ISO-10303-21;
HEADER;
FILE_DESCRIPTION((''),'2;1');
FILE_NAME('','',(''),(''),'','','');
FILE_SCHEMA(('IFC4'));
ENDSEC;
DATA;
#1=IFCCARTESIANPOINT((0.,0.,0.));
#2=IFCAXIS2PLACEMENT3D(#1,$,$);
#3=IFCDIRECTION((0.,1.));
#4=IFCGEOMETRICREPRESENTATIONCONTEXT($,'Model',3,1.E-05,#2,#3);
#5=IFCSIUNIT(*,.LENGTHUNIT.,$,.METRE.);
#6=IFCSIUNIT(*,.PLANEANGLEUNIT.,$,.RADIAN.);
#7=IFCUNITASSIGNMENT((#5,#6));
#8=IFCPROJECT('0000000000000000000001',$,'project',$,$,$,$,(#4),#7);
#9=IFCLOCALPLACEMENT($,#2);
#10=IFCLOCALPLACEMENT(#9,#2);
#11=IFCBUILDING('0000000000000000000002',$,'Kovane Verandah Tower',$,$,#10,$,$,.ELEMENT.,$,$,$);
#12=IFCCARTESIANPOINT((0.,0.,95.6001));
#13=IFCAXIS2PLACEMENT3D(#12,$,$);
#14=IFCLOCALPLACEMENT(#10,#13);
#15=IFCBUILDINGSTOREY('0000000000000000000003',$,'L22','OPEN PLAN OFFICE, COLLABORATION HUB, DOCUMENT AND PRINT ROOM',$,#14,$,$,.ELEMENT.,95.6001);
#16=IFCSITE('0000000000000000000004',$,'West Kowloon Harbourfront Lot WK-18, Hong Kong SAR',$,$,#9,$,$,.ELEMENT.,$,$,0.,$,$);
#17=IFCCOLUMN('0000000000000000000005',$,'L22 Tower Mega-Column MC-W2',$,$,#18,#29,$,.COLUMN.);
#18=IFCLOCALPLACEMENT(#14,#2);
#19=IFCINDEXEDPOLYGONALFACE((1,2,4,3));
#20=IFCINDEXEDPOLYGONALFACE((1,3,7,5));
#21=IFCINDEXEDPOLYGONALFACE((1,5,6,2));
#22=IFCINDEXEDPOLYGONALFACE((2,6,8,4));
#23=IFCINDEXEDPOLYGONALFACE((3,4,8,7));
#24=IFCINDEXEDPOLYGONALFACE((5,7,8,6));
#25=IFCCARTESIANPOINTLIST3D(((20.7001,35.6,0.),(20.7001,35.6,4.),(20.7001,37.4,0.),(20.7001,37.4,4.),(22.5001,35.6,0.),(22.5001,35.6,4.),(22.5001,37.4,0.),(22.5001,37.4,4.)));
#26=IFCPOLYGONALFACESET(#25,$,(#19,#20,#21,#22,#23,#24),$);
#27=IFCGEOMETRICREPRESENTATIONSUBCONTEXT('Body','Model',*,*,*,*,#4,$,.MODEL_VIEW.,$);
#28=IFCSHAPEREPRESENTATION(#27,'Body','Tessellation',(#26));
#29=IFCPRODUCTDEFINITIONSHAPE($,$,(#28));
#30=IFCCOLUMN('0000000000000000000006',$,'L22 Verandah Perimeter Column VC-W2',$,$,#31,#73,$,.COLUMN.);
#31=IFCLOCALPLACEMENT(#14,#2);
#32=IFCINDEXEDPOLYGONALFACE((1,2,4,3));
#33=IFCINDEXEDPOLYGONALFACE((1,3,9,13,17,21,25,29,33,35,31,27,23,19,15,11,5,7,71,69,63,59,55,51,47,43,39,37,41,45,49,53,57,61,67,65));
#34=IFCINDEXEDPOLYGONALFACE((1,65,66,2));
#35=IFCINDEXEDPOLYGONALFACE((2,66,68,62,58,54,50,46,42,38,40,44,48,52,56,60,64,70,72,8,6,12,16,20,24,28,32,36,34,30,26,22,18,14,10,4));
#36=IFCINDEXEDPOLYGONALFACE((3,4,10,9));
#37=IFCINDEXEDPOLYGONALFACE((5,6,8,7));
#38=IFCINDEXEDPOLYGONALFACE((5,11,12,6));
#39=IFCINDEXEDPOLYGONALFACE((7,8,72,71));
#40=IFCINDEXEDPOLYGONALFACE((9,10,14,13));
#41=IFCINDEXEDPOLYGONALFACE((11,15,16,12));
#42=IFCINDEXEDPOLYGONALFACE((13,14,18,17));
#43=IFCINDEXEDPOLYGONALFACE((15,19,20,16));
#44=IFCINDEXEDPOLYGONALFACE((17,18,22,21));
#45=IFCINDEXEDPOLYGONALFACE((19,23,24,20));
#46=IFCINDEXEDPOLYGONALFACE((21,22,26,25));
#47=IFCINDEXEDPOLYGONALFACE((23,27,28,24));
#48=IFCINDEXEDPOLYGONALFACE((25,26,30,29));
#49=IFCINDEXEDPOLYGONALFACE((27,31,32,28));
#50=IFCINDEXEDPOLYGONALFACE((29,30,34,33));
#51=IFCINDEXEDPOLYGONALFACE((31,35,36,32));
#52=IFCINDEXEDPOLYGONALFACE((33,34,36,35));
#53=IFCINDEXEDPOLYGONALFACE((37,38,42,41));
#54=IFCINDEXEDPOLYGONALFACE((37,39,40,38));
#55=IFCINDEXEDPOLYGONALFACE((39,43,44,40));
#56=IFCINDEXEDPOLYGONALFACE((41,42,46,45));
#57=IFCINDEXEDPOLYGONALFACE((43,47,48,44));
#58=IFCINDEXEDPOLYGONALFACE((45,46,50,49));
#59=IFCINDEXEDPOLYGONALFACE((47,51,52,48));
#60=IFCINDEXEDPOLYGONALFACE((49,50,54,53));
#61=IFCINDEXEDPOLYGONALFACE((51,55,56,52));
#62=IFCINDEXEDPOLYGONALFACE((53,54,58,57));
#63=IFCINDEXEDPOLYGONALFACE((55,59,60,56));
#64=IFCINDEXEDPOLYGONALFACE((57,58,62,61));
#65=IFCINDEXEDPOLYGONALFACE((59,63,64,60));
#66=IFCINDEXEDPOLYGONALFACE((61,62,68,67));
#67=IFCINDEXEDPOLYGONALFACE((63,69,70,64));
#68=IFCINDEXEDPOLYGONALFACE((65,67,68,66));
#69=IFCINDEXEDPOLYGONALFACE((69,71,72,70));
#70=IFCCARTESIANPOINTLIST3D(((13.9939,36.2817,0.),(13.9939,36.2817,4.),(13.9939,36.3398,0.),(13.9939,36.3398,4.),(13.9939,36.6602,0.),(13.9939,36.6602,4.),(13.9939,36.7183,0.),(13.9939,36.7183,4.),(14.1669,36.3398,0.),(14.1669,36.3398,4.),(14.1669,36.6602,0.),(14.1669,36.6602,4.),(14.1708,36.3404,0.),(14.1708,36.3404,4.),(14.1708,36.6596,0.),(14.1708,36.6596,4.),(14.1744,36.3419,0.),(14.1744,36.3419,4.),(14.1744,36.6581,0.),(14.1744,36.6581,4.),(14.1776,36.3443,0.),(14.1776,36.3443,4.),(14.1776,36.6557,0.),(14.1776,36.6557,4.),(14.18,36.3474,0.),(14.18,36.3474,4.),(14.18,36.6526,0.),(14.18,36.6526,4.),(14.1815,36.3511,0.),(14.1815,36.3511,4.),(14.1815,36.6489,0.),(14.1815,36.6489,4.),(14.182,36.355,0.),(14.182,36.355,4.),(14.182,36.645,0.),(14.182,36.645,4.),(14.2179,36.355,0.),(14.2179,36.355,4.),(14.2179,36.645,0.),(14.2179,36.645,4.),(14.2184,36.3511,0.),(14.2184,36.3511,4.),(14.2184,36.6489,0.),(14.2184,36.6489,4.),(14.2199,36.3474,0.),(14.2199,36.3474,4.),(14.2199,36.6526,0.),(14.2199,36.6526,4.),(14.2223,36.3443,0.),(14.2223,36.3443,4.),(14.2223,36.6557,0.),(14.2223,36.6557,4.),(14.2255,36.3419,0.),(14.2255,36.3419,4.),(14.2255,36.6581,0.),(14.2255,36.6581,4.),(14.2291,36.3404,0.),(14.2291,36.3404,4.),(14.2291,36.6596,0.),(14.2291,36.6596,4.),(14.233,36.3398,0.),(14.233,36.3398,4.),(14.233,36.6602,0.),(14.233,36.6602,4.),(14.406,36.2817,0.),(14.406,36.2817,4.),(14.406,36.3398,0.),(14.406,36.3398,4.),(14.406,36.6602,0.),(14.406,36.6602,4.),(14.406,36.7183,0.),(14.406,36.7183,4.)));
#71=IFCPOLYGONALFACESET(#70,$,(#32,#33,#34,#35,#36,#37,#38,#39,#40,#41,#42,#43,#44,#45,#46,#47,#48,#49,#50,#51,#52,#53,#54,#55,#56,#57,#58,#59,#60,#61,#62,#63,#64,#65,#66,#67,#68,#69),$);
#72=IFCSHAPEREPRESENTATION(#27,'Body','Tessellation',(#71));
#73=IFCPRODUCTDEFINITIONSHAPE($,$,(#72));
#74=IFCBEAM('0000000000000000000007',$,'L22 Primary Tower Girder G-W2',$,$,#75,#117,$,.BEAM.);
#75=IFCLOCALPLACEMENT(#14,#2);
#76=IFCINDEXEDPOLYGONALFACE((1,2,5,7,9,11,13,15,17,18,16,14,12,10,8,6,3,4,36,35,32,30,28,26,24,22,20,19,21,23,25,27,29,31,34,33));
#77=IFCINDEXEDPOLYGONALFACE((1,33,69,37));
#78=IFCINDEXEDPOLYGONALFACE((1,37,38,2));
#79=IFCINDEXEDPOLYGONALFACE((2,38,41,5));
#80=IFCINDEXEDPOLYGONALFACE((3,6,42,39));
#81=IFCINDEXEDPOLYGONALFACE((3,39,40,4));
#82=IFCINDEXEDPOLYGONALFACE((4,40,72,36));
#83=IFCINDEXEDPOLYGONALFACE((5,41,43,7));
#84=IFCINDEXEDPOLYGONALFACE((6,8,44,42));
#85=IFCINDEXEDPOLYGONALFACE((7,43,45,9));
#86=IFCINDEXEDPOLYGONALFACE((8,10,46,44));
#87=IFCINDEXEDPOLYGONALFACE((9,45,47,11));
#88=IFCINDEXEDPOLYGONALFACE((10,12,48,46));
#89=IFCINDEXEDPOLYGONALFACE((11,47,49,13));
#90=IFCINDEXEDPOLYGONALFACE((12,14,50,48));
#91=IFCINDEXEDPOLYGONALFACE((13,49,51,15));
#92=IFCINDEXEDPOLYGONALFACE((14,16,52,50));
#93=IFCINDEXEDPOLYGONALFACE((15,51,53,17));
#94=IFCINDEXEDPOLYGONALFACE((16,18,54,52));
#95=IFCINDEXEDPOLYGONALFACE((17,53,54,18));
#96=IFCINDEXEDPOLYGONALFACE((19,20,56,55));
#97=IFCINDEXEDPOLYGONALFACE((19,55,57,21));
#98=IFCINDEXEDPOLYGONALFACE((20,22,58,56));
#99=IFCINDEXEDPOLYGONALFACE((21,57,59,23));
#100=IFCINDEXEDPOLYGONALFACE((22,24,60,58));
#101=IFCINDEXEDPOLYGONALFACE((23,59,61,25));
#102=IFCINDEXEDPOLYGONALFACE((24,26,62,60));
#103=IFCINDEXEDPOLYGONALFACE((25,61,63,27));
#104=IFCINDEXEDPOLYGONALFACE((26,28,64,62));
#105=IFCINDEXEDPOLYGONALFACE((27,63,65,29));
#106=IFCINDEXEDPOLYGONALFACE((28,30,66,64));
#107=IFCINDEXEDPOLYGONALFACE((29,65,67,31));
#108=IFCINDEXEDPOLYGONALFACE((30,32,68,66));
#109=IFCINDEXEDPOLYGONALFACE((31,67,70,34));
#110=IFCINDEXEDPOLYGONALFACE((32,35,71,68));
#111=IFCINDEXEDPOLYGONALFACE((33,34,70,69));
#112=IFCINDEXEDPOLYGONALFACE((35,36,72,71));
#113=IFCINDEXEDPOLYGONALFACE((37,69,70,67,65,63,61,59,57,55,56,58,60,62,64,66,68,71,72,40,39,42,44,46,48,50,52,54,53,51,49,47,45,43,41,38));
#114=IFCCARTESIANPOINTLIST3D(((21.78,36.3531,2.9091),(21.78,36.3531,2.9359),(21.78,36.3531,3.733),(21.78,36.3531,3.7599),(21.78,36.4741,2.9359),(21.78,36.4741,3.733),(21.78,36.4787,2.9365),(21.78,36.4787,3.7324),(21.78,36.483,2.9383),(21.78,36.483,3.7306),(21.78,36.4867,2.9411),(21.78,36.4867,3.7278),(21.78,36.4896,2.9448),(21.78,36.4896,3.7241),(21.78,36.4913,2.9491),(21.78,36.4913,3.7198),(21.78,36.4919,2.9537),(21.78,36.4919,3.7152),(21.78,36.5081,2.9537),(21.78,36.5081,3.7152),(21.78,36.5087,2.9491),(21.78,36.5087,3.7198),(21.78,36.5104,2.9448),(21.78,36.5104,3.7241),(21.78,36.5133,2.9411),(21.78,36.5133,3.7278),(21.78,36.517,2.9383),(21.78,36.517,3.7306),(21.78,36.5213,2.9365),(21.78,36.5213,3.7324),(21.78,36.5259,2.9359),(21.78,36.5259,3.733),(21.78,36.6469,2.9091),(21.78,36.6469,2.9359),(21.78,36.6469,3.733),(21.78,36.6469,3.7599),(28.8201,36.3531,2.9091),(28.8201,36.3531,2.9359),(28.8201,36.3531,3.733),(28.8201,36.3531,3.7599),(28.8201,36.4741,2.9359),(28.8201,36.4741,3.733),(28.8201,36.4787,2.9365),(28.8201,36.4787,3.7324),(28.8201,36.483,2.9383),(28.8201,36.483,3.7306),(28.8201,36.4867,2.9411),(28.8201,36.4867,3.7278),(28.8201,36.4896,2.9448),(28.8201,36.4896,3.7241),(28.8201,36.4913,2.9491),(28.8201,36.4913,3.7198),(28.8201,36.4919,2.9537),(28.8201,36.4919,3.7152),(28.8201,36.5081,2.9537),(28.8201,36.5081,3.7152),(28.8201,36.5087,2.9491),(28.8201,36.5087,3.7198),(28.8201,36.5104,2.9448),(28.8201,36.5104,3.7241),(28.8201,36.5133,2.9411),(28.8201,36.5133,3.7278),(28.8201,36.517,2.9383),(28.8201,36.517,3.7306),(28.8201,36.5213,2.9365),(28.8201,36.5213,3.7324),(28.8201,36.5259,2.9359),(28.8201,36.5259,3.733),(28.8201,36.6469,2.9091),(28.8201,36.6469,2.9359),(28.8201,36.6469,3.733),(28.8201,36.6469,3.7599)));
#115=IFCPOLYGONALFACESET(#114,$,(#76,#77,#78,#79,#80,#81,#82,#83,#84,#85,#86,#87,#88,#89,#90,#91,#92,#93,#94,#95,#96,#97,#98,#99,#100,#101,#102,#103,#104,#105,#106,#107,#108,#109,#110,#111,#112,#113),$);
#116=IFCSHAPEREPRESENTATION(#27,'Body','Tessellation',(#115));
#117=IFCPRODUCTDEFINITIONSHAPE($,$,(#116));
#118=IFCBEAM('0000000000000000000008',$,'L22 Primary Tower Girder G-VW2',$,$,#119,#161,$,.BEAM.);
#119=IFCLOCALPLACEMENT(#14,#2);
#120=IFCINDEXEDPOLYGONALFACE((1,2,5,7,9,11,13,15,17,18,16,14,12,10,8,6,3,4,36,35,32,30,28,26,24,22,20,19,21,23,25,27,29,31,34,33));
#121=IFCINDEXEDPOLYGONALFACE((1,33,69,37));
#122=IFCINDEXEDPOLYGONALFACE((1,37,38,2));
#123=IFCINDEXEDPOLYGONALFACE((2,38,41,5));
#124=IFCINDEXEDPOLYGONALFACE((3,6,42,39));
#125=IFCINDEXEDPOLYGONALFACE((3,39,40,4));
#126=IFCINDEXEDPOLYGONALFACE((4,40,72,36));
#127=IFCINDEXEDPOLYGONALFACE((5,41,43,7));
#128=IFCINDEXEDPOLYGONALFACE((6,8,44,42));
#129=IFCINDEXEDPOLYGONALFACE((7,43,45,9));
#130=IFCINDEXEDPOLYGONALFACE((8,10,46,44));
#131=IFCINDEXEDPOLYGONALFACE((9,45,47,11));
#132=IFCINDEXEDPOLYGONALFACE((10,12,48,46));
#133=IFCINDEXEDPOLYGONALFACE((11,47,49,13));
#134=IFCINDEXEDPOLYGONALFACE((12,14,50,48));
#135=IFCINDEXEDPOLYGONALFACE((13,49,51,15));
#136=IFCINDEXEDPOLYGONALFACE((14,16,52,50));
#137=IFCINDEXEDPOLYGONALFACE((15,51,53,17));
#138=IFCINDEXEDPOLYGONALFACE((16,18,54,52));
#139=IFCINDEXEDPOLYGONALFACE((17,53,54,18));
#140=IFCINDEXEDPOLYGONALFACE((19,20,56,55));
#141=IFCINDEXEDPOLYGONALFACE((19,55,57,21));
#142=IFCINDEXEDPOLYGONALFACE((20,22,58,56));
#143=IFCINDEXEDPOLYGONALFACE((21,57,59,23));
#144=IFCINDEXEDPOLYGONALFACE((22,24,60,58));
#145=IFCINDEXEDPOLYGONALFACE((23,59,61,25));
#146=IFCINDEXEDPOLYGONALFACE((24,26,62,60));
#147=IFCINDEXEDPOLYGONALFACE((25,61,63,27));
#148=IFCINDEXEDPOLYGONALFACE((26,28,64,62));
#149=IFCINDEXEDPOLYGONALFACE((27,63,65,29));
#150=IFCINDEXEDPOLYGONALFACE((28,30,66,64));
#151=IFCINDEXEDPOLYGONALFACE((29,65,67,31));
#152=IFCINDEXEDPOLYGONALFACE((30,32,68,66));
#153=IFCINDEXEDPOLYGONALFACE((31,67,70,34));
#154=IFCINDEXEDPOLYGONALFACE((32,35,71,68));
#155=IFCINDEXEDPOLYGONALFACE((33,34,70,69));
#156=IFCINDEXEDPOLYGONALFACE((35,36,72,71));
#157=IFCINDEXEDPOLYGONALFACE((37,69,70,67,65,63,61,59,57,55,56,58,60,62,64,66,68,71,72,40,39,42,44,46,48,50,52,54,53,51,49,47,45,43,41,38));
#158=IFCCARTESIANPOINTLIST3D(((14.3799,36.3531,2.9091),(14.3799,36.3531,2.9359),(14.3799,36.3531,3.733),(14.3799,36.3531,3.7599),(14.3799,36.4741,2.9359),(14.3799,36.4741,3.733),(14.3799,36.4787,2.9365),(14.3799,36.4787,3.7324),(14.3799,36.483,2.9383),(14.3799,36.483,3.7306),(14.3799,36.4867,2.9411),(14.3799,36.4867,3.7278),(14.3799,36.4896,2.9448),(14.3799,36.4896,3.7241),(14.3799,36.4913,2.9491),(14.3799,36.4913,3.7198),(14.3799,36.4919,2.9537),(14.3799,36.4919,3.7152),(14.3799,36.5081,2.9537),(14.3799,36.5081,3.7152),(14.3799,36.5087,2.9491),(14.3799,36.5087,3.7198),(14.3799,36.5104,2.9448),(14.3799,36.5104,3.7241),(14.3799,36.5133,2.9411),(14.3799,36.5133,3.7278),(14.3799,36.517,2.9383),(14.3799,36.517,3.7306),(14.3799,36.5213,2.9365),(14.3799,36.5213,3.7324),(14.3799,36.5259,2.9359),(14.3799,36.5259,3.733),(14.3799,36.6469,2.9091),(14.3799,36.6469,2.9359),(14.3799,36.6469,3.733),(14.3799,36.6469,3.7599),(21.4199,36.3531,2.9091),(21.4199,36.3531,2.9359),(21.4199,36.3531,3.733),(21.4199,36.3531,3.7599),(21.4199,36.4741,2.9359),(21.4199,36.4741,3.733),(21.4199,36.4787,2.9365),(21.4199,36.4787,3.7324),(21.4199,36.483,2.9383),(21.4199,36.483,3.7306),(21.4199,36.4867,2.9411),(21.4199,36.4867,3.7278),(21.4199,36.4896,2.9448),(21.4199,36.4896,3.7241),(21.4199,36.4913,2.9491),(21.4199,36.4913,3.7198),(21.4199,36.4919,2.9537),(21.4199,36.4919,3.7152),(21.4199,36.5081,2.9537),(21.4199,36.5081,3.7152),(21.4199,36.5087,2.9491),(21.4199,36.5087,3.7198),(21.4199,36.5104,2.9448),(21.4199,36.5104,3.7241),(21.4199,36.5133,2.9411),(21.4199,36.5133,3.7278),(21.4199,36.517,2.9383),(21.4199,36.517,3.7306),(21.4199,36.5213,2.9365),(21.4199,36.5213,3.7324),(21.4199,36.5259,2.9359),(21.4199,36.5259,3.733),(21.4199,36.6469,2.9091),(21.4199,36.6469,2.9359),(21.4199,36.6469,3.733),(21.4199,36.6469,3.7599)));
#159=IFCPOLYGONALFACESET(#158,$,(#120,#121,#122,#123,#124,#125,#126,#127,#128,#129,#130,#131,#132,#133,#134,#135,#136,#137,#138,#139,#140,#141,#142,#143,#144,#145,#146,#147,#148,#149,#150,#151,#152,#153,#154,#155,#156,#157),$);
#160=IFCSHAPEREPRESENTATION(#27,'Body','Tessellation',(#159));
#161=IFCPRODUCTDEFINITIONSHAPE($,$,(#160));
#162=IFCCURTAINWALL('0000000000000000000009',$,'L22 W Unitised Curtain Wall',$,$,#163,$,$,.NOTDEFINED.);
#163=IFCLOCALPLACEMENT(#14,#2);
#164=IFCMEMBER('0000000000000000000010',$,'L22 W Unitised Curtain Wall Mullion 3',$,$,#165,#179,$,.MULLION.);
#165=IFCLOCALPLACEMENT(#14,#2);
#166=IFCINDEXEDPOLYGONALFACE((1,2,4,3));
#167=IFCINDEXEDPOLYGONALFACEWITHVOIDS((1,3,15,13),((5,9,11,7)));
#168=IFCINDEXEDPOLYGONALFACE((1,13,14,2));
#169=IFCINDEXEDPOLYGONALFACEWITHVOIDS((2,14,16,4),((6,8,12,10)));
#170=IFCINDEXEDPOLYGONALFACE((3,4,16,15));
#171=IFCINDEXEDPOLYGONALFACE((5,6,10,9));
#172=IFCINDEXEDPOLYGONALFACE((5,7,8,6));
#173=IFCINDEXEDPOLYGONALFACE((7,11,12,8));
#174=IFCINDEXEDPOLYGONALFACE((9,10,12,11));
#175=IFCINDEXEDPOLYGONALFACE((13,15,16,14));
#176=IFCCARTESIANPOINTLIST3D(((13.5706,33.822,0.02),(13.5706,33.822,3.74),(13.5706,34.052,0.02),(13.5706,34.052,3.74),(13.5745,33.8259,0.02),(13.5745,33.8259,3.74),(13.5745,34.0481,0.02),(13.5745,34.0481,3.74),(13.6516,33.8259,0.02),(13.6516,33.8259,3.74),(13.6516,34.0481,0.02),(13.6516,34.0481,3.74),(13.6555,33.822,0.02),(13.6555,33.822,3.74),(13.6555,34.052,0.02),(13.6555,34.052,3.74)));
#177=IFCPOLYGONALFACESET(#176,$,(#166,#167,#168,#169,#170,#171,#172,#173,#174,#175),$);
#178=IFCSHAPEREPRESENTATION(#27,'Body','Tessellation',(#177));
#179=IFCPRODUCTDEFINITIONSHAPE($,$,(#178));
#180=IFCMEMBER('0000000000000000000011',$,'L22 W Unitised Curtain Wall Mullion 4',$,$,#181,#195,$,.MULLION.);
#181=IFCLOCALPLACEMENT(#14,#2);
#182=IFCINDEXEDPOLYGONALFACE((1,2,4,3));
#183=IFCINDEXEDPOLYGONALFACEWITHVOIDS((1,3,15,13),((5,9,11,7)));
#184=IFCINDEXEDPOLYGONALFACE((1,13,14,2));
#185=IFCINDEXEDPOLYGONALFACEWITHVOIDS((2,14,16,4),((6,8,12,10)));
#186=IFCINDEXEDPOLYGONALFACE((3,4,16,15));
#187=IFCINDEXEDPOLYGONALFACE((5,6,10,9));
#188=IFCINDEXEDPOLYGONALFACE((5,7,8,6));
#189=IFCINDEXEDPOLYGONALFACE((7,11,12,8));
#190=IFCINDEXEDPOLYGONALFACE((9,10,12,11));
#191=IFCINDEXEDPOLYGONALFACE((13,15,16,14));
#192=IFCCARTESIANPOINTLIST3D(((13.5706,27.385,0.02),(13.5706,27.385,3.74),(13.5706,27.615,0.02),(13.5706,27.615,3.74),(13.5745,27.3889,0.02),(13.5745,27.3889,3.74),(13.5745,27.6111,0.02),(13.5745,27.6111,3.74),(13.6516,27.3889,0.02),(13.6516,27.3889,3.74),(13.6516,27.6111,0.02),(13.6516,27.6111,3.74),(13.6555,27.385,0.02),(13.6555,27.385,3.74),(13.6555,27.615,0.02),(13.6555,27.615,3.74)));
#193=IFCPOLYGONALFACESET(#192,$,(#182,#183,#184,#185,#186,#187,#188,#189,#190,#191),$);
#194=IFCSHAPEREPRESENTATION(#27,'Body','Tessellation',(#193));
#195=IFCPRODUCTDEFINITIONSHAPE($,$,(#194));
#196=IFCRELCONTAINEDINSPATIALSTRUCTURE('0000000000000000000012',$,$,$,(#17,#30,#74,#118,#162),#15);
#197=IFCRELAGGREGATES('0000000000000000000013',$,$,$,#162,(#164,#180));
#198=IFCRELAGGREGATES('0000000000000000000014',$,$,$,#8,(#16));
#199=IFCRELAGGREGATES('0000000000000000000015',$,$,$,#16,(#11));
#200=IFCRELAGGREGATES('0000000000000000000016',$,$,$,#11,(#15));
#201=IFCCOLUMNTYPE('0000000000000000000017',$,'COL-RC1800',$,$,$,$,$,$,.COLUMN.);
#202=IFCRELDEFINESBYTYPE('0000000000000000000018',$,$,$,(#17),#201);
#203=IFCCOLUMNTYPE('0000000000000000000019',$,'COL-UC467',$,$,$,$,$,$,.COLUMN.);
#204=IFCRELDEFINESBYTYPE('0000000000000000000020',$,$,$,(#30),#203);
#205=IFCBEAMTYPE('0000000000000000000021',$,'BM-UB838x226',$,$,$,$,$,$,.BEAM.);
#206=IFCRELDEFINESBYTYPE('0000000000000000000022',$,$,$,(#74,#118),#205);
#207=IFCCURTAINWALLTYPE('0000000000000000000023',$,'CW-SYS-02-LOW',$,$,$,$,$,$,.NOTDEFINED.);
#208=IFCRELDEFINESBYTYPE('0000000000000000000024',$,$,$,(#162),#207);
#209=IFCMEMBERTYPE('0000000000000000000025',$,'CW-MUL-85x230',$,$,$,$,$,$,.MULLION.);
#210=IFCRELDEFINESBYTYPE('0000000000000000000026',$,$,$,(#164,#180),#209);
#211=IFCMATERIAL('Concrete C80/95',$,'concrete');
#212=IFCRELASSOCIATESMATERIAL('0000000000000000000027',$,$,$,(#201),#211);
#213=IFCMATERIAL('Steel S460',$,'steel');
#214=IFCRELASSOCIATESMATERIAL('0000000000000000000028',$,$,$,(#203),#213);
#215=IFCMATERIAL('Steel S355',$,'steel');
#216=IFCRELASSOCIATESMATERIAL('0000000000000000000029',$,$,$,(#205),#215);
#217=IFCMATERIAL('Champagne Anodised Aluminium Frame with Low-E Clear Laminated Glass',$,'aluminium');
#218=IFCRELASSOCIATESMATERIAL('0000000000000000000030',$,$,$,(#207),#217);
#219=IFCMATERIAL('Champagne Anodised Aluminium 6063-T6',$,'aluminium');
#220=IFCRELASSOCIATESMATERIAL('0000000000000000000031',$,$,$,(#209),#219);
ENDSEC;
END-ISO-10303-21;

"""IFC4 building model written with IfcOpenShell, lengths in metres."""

from ifc_helpers import new_model, si_unit, direction, frame, origin, origin_2d, place, context, subcontext, project, spatial, rectangle, hollow_rectangle, i_section, extrude, material, material_profile, profile_set, type_object, element, aggregate, save


model = new_model("IFC4")

# Units and contexts
model_context = context("Model", 3, precision=1e-05, world=origin(), true_north=direction((0.0, 1.0)))
body_context = subcontext(model_context, "Body", "Model", "MODEL_VIEW")
ifc_project = project(units=[si_unit("LENGTHUNIT", "METRE"), si_unit("PLANEANGLEUNIT", "RADIAN")], contexts=[model_context])

# Site, building, storey
site_placement = place(None, origin())
site = spatial("IfcSite", under=ifc_project, at=site_placement, Name="West Kowloon Harbourfront Lot WK-18, Hong Kong SAR", CompositionType="ELEMENT", RefElevation=0.0)
building_placement = place(site_placement, origin())
building = spatial("IfcBuilding", under=site, at=building_placement, Name="Kovane Verandah Tower", CompositionType="ELEMENT")
storey_placement = place(building_placement, frame((0.0, 0.0, 95.6001)))
storey = spatial("IfcBuildingStorey", under=building, at=storey_placement, Name="L22", Description="OPEN PLAN OFFICE, COLLABORATION HUB, DOCUMENT AND PRINT ROOM", CompositionType="ELEMENT", Elevation=95.6001)

# Columns
ifc_material_1 = material(Name="Concrete C80/95", Category="concrete")
ifc_material_profile_1 = material_profile(ifc_material_1, rectangle(XDim=1.8, YDim=1.8, at=origin_2d()), Name="RC1800x1800")
ifc_profile_set_1 = profile_set([ifc_material_profile_1], Name="Concrete C80/95")
column_type_1 = type_object("IfcColumnType", Name="COL-RC1800", PredefinedType="COLUMN", material=ifc_profile_set_1)
column_1_placement = place(storey_placement, frame((21.6001, 36.5, 0.0), z_axis=(0.0, 0.0, 1.0), x_axis=(1.0, 0.0, 0.0)))
element("IfcColumn", 1, at=column_1_placement, inside=storey, type_object=column_type_1, Name="L22 Tower Mega-Column MC-W2", PredefinedType="COLUMN", context=body_context, shape_type="SweptSolid", body=[
    extrude(rectangle(XDim=1.8, YDim=1.8, at=origin_2d()), origin(), (0.0, 0.0, 1.0), 4.0),
])
ifc_material_2 = material(Name="Steel S460", Category="steel")
ifc_material_profile_2 = material_profile(ifc_material_2, i_section(OverallWidth=0.4121, OverallDepth=0.4365, WebThickness=0.0359, FlangeThickness=0.0581, FilletRadius=0.0151, at=origin_2d()), Name="UC356x406x467")
ifc_profile_set_2 = profile_set([ifc_material_profile_2], Name="Steel S460")
column_type_2 = type_object("IfcColumnType", Name="COL-UC467", PredefinedType="COLUMN", material=ifc_profile_set_2)
column_2_placement = place(storey_placement, frame((14.2, 36.5, 0.0), z_axis=(0.0, 0.0, 1.0), x_axis=(1.0, 0.0, 0.0)))
element("IfcColumn", 2, at=column_2_placement, inside=storey, type_object=column_type_2, Name="L22 Verandah Perimeter Column VC-W2", PredefinedType="COLUMN", context=body_context, shape_type="SweptSolid", body=[
    extrude(i_section(OverallWidth=0.4121, OverallDepth=0.4365, WebThickness=0.0359, FlangeThickness=0.0581, FilletRadius=0.0151, at=origin_2d()), origin(), (0.0, 0.0, 1.0), 4.0),
])

# Beams
ifc_material_3 = material(Name="Steel S355", Category="steel")
ifc_material_profile_3 = material_profile(ifc_material_3, i_section(OverallWidth=0.2937, OverallDepth=0.8508, WebThickness=0.0161, FlangeThickness=0.0269, FilletRadius=0.0178, at=origin_2d()), Name="UB838x292x226")
ifc_profile_set_3 = profile_set([ifc_material_profile_3], Name="Steel S355")
beam_type_1 = type_object("IfcBeamType", Name="BM-UB838x226", PredefinedType="BEAM", material=ifc_profile_set_3)
for number, where, z_axis, x_axis, name in (
    (3, (28.8201, 36.5, 3.3345), (-1.0, 0.0, 0.0), (0.0, -1.0, 0.0), "L22 Primary Tower Girder G-W2"),
    (4, (21.4199, 36.5, 3.3345), (-1.0, 0.0, 0.0), (0.0, -1.0, 0.0), "L22 Primary Tower Girder G-VW2"),
):
    element("IfcBeam", number, at=place(storey_placement, frame(where, z_axis=z_axis, x_axis=x_axis)), inside=storey, type_object=beam_type_1, Name=name, PredefinedType="BEAM", context=body_context, shape_type="SweptSolid", body=[
        extrude(i_section(OverallWidth=0.2937, OverallDepth=0.8508, WebThickness=0.0161, FlangeThickness=0.0269, FilletRadius=0.0178, at=origin_2d()), origin(), (0.0, 0.0, 1.0), 7.04),
    ])

# Curtain wall, members
ifc_material_4 = material(Name="Champagne Anodised Aluminium Frame with Low-E Clear Laminated Glass", Category="aluminium")
curtain_wall_type = type_object("IfcCurtainWallType", Name="CW-SYS-02-LOW", PredefinedType="NOTDEFINED", material=ifc_material_4)
curtain_wall_placement = place(storey_placement, origin())
curtain_wall = element("IfcCurtainWall", 5, at=curtain_wall_placement, inside=storey, type_object=curtain_wall_type, Name="L22 W Unitised Curtain Wall", PredefinedType="NOTDEFINED")
ifc_material_5 = material(Name="Champagne Anodised Aluminium 6063-T6", Category="aluminium")
ifc_material_profile_4 = material_profile(ifc_material_5, hollow_rectangle(XDim=0.085, YDim=0.23, WallThickness=0.0039, at=origin_2d()), Name="AL85x230x4")
ifc_profile_set_4 = profile_set([ifc_material_profile_4], Name="Champagne Anodised Aluminium 6063-T6")
member_type_1 = type_object("IfcMemberType", Name="CW-MUL-85x230", PredefinedType="MULLION", material=ifc_profile_set_4)
member_1_placement = place(storey_placement, frame((13.613, 33.937, 0.02), z_axis=(0.0, 0.0, 1.0), x_axis=(-1.0, 0.0, 0.0)))
member_1 = element("IfcMember", 6, at=member_1_placement, type_object=member_type_1, Name="L22 W Unitised Curtain Wall Mullion 3", PredefinedType="MULLION", context=body_context, shape_type="SweptSolid", body=[
    extrude(hollow_rectangle(XDim=0.085, YDim=0.23, WallThickness=0.0039, at=origin_2d()), origin(), (0.0, 0.0, 1.0), 3.72),
])
member_2_placement = place(storey_placement, frame((13.613, 27.5, 0.02), z_axis=(0.0, 0.0, 1.0), x_axis=(-1.0, 0.0, 0.0)))
member_2 = element("IfcMember", 7, at=member_2_placement, type_object=member_type_1, Name="L22 W Unitised Curtain Wall Mullion 4", PredefinedType="MULLION", context=body_context, shape_type="SweptSolid", body=[
    extrude(hollow_rectangle(XDim=0.085, YDim=0.23, WallThickness=0.0039, at=origin_2d()), origin(), (0.0, 0.0, 1.0), 3.72),
])

aggregate(curtain_wall, [member_1, member_2])

save(model, "model.ifc")
